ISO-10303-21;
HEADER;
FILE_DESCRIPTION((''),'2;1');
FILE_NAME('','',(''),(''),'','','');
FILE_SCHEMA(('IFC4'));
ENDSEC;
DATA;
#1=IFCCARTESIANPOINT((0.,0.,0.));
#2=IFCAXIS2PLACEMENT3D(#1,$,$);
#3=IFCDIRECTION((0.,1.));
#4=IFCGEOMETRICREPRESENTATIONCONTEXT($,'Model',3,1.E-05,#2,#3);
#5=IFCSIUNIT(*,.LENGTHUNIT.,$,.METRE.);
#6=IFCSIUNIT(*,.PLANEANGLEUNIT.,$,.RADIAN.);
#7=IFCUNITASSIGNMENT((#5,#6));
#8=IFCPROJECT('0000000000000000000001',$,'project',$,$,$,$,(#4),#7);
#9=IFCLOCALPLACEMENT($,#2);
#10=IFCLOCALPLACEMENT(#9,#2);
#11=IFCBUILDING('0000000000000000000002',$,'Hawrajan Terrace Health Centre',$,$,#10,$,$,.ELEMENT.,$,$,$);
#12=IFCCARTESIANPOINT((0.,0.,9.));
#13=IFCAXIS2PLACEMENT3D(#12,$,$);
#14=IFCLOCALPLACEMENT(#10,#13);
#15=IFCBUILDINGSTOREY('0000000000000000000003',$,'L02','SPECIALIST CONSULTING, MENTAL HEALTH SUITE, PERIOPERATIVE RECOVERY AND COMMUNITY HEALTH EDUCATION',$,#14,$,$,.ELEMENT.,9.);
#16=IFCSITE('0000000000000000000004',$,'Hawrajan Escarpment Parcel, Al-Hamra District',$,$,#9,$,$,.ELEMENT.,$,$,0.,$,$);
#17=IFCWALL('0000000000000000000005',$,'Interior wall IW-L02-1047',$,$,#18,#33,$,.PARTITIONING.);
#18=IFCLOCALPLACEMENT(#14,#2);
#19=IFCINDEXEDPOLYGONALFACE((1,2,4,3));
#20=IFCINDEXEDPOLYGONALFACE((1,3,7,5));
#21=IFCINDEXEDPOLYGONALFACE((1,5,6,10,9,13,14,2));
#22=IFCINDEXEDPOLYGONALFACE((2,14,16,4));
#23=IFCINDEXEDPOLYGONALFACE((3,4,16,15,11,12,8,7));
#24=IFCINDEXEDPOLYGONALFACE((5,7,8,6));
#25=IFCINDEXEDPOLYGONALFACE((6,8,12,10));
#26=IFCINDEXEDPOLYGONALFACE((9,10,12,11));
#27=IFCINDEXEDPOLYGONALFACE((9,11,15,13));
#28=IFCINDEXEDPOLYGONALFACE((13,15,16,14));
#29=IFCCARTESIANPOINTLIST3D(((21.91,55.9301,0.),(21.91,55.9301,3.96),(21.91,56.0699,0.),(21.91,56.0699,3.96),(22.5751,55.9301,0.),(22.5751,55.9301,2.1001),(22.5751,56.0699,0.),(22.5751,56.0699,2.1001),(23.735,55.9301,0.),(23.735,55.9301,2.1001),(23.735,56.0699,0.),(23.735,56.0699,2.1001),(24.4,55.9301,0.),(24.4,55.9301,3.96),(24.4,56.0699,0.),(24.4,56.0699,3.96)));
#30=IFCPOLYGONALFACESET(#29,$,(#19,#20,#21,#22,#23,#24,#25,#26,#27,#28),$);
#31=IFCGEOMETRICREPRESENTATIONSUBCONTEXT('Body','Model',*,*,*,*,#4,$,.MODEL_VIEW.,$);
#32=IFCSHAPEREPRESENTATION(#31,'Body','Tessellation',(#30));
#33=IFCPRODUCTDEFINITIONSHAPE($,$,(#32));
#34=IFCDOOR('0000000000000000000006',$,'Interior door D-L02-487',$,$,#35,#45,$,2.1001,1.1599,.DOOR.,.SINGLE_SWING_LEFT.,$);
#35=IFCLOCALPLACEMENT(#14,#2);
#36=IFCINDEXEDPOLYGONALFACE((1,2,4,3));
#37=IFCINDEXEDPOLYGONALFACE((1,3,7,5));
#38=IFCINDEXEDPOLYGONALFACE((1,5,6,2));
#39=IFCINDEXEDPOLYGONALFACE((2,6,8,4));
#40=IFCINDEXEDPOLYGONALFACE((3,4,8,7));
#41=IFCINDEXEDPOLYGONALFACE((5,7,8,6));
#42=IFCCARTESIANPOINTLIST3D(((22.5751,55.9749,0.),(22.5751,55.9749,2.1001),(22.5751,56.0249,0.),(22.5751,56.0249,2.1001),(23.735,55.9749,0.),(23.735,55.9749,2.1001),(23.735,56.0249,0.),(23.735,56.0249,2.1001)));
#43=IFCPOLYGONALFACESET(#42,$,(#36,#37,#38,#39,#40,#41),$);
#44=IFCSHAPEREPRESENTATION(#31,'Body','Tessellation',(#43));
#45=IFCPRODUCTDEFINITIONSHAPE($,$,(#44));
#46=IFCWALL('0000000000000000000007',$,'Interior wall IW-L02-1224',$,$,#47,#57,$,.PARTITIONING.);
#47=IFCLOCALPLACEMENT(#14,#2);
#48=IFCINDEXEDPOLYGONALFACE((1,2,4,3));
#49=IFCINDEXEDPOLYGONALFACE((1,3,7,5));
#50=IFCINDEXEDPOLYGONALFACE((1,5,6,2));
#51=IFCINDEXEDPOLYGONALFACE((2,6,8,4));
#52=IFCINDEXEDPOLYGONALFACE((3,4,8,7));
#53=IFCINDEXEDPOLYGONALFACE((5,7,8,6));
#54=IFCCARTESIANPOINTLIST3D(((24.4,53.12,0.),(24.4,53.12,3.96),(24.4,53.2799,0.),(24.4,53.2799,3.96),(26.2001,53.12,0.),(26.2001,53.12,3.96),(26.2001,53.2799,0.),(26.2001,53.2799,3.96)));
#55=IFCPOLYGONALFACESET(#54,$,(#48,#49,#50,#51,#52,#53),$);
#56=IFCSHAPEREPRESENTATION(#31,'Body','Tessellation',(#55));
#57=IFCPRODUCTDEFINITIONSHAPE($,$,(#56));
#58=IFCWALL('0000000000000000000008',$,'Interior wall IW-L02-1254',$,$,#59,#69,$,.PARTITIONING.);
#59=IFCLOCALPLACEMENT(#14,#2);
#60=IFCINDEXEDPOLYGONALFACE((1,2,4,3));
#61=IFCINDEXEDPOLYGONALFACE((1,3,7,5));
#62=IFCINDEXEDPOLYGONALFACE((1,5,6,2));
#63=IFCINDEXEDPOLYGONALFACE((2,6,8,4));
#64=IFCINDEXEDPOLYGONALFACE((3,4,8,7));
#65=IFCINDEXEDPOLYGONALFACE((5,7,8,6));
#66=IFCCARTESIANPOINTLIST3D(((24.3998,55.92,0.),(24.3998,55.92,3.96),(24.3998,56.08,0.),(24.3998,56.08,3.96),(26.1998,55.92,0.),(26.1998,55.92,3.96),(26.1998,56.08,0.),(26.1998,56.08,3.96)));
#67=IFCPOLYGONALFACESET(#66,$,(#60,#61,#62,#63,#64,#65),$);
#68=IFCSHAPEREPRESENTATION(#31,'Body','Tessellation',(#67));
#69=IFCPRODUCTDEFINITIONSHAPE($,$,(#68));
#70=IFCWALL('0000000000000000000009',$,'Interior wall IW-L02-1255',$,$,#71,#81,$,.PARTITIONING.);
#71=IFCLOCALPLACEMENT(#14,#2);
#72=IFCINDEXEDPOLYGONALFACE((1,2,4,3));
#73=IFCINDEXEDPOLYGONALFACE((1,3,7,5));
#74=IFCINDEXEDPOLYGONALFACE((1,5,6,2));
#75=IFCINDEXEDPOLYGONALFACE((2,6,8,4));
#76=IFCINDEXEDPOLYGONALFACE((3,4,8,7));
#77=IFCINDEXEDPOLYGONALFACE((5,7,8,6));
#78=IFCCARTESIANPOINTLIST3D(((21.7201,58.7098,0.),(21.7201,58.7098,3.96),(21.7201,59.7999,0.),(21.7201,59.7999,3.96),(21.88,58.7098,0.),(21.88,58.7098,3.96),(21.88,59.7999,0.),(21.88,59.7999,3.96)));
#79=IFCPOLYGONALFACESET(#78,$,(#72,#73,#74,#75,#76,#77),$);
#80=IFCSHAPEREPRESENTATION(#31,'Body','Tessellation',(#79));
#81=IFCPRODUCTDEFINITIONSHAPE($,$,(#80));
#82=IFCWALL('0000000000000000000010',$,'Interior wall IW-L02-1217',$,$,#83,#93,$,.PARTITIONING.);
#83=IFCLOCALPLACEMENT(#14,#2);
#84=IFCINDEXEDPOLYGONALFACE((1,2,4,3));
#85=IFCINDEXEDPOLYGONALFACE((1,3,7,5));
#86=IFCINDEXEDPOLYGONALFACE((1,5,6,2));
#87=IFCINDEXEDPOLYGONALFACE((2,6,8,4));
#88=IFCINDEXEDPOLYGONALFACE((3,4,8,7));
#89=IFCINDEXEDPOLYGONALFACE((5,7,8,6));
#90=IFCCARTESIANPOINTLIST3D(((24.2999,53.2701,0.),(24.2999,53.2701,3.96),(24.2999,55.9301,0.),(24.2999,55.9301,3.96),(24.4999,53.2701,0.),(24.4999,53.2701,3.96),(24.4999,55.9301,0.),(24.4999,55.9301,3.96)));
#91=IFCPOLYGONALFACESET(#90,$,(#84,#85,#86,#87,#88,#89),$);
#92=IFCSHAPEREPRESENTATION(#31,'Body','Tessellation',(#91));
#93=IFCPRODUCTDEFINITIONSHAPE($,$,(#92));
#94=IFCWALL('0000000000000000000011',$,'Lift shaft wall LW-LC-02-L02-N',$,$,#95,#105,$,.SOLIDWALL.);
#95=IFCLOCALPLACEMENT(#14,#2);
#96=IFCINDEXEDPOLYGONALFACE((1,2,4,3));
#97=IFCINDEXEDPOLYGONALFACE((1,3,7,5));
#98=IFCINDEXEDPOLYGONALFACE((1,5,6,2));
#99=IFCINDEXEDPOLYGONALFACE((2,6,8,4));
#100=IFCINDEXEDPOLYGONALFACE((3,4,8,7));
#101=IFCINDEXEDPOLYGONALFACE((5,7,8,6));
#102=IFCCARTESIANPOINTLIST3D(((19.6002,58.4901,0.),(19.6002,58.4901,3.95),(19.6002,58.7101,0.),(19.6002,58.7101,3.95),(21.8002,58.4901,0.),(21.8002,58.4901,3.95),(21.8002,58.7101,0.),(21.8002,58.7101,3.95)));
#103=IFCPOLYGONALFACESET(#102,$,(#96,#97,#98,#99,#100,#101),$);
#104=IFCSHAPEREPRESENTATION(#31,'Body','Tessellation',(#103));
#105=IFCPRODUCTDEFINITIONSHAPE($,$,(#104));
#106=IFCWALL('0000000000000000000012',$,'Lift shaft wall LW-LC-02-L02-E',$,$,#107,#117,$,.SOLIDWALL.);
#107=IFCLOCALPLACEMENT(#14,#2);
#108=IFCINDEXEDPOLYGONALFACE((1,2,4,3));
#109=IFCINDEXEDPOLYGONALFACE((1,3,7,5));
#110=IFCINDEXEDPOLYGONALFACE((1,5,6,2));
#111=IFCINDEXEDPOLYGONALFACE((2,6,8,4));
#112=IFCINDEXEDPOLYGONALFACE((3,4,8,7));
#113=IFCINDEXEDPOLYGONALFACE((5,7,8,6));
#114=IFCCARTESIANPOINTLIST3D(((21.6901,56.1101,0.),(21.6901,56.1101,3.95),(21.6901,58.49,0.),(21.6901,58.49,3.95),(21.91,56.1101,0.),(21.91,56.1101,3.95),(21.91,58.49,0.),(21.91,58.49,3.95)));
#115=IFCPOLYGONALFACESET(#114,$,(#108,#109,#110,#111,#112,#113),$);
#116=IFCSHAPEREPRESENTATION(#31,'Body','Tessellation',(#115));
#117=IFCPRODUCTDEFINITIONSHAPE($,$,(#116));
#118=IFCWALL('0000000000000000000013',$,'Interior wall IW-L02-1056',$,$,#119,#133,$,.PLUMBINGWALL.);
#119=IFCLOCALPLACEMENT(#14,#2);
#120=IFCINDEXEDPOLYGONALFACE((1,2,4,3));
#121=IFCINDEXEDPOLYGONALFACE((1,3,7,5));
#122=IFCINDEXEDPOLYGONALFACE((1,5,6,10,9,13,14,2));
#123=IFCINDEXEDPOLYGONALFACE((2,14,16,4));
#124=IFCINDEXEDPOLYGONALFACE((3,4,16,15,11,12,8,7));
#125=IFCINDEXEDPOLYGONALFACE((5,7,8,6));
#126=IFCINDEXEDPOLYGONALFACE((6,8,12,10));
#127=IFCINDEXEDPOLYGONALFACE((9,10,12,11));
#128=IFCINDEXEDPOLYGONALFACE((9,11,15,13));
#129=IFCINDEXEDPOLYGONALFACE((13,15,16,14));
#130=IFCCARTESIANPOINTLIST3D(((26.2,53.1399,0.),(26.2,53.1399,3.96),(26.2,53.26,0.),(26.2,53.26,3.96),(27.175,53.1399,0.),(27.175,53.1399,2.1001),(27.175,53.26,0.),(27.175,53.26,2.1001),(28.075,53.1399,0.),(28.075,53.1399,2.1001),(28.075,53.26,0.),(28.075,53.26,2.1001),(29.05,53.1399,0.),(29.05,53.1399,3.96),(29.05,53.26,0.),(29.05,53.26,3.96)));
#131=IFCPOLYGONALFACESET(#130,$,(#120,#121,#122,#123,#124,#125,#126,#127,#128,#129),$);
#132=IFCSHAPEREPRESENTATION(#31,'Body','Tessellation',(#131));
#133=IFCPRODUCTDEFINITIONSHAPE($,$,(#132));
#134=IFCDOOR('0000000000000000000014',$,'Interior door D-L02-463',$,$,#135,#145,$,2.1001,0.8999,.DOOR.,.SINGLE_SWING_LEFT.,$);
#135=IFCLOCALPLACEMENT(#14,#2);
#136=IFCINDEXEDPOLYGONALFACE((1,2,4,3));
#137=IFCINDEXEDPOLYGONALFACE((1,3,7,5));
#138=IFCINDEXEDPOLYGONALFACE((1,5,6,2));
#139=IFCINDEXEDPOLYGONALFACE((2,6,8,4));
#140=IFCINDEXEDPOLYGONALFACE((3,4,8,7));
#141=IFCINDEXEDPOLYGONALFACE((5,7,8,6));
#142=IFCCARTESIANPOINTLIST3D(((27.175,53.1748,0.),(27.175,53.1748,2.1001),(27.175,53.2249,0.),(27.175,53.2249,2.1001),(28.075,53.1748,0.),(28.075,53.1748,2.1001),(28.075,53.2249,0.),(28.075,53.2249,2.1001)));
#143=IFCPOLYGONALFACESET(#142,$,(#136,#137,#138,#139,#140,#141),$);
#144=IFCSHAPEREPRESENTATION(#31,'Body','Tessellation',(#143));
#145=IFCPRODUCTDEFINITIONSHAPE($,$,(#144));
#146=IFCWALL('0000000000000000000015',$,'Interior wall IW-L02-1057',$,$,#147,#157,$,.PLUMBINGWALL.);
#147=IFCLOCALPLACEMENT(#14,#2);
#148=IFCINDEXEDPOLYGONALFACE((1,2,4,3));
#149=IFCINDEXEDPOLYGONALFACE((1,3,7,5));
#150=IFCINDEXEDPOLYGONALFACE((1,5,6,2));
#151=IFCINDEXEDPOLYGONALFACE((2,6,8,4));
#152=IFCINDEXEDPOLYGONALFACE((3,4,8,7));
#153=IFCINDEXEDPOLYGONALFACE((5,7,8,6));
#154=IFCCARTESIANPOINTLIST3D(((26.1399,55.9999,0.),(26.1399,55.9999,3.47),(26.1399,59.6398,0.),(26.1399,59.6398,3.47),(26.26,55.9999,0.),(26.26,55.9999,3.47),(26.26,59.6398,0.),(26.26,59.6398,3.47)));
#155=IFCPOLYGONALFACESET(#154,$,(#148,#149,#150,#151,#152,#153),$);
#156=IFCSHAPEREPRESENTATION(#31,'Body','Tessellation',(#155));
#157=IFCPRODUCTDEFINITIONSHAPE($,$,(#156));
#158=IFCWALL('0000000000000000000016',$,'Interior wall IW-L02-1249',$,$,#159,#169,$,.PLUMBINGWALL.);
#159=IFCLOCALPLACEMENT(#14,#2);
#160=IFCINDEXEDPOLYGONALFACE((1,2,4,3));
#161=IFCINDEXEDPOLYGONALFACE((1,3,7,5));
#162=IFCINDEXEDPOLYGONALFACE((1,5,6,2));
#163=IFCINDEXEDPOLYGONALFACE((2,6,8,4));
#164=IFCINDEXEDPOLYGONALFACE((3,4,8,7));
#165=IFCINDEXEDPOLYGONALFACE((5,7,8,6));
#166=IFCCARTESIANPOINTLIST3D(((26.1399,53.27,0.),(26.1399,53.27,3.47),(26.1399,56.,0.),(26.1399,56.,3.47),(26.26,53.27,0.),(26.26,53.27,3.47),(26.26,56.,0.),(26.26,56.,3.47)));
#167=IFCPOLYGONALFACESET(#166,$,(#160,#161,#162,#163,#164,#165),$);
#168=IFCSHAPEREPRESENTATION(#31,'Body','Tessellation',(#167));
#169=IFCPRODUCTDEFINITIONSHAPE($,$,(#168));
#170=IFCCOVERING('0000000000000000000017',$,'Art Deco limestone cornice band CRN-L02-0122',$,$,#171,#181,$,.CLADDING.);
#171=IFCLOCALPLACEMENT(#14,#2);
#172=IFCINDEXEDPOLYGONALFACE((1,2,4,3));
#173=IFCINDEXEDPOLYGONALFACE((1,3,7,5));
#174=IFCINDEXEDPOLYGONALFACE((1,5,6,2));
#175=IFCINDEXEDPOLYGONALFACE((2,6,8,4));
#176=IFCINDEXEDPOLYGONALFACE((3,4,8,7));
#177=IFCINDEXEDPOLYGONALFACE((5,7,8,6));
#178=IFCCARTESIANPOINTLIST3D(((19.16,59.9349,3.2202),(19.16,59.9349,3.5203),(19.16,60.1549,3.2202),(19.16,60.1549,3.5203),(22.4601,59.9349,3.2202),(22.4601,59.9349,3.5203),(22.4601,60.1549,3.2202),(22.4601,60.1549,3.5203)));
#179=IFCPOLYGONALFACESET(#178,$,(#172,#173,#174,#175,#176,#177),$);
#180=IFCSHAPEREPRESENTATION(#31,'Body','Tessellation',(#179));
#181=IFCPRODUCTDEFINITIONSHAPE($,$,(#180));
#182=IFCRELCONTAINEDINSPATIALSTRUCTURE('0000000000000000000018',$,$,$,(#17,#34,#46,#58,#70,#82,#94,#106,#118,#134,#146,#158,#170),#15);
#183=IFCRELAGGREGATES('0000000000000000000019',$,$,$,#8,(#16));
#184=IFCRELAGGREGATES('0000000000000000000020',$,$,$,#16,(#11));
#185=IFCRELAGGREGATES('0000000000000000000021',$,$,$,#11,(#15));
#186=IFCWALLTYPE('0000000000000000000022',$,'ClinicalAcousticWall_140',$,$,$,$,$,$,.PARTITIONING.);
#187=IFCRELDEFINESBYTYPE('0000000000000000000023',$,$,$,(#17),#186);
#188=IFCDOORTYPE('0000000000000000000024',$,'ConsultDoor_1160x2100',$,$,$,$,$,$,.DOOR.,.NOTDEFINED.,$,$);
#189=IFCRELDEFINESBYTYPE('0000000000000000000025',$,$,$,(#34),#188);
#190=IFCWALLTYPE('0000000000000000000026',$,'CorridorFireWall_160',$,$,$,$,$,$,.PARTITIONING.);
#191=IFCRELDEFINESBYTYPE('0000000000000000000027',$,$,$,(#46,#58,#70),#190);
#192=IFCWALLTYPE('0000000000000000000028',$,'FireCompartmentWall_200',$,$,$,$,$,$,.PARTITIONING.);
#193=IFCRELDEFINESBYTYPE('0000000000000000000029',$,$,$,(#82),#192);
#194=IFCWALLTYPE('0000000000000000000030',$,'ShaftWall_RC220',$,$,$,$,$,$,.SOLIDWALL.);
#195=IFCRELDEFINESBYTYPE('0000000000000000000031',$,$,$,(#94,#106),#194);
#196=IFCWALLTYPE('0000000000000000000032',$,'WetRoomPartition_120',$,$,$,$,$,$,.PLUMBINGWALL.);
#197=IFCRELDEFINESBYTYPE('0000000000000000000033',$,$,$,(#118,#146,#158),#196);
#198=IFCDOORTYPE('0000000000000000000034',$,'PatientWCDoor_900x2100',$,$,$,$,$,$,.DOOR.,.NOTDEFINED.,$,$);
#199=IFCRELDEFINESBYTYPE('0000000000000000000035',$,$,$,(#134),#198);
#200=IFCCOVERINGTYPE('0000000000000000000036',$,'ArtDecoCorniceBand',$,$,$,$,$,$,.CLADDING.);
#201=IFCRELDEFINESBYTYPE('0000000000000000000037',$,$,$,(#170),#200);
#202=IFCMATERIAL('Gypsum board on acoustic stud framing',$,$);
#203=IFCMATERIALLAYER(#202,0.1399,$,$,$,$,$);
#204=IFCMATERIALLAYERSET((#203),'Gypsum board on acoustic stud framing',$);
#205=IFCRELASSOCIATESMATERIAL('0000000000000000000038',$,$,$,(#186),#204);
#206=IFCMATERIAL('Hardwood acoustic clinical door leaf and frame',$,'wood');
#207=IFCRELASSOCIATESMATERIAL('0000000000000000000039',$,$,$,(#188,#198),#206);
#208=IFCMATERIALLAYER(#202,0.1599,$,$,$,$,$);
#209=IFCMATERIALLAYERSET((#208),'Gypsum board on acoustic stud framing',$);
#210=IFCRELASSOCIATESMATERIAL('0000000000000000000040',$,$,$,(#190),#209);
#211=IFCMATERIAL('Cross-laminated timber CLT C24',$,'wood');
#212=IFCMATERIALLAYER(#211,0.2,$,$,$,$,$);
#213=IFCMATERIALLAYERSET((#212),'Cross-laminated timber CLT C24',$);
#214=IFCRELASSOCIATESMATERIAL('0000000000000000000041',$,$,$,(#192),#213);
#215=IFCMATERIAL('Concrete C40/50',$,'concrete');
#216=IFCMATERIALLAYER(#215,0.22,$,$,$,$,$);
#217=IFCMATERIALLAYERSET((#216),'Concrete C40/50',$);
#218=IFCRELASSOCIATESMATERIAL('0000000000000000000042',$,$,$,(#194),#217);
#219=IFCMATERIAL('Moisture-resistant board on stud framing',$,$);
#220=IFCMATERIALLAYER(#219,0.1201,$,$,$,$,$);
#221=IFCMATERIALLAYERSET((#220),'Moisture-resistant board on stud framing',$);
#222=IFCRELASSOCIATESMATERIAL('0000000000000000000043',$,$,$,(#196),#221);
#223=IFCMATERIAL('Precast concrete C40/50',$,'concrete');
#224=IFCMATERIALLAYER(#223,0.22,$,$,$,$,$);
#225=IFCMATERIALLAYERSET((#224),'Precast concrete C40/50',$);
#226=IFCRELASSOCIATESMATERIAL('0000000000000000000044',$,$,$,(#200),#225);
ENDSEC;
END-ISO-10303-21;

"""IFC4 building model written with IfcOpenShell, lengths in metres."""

from ifc_helpers import new_model, si_unit, direction, frame, frame_2d, origin, origin_2d, place, context, subcontext, project, spatial, rectangle, extrude, material, layer, layer_set, type_object, element, fill, save


model = new_model("IFC4")

# Units and contexts
model_context = context("Model", 3, precision=1e-05, world=origin(), true_north=direction((0.0, 1.0)))
body_context = subcontext(model_context, "Body", "Model", "MODEL_VIEW")
ifc_project = project(units=[si_unit("LENGTHUNIT", "METRE"), si_unit("PLANEANGLEUNIT", "RADIAN")], contexts=[model_context])

# Site, building, storey
site_placement = place(None, origin())
site = spatial("IfcSite", under=ifc_project, at=site_placement, Name="Hawrajan Escarpment Parcel, Al-Hamra District", CompositionType="ELEMENT", RefElevation=0.0)
building_placement = place(site_placement, origin())
building = spatial("IfcBuilding", under=site, at=building_placement, Name="Hawrajan Terrace Health Centre", CompositionType="ELEMENT")
storey_placement = place(building_placement, frame((0.0, 0.0, 9.0)))
storey = spatial("IfcBuildingStorey", under=building, at=storey_placement, Name="L02", Description="SPECIALIST CONSULTING, MENTAL HEALTH SUITE, PERIOPERATIVE RECOVERY AND COMMUNITY HEALTH EDUCATION", CompositionType="ELEMENT", Elevation=9.0)

# Shared definitions
ifc_material_1 = material(Name="Precast concrete C40/50", Category="concrete")

# Wall, opening, door
ifc_material_2 = material(Name="Gypsum board on acoustic stud framing")
ifc_layer_1 = layer(ifc_material_2, 0.1399)
ifc_layer_set_1 = layer_set([ifc_layer_1], Name="Gypsum board on acoustic stud framing")
wall_type_1 = type_object("IfcWallType", Name="ClinicalAcousticWall_140", PredefinedType="PARTITIONING", material=ifc_layer_set_1)
wall_1_placement = place(storey_placement, frame((21.9099, 56.0, 0.0), z_axis=(0.0, 0.0, 1.0), x_axis=(1.0, 0.0, 0.0)))
wall_1 = element("IfcWall", 1, at=wall_1_placement, inside=storey, type_object=wall_type_1, Name="Interior wall IW-L02-1047", PredefinedType="PARTITIONING", context=body_context, shape_type="SweptSolid", body=[
    extrude(rectangle(XDim=2.49, YDim=0.1399, at=frame_2d((1.2451, 0.0))), origin(), (0.0, 0.0, 1.0), 3.96),
])
opening_1_placement = place(wall_1_placement, frame((0.665, 0.0, 0.0)))
opening_1 = element("IfcOpeningElement", 2, at=opening_1_placement, cuts=wall_1, PredefinedType="OPENING", context=body_context, shape_type="SweptSolid", body=[
    extrude(rectangle(XDim=1.1599, YDim=2.1001, at=frame_2d((0.5801, 1.05))), frame((0.0, 0.0798, 0.0), z_axis=(0.0, -1.0, 0.0), x_axis=(1.0, 0.0, 0.0)), (0.0, 0.0, 1.0), 0.1599),
])
ifc_material_3 = material(Name="Hardwood acoustic clinical door leaf and frame", Category="wood")
door_type_1 = type_object("IfcDoorType", Name="ConsultDoor_1160x2100", OperationType="NOTDEFINED", PredefinedType="DOOR", material=ifc_material_3)
door_1_placement = place(opening_1_placement, origin())
door_1 = element("IfcDoor", 3, at=door_1_placement, inside=storey, type_object=door_type_1, Name="Interior door D-L02-487", OperationType="SINGLE_SWING_LEFT", OverallHeight=2.1001, OverallWidth=1.1599, PredefinedType="DOOR", context=body_context, shape_type="SweptSolid", body=[
    extrude(rectangle(XDim=1.1599, YDim=2.1001, at=frame_2d((0.5801, 1.05))), frame((0.0, 0.0249, 0.0), z_axis=(0.0, -1.0, 0.0), x_axis=(1.0, 0.0, 0.0)), (0.0, 0.0, 1.0), 0.05),
])
fill(opening_1, door_1)

# Walls
ifc_layer_2 = layer(ifc_material_2, 0.1599)
ifc_layer_set_2 = layer_set([ifc_layer_2], Name="Gypsum board on acoustic stud framing")
wall_type_2 = type_object("IfcWallType", Name="CorridorFireWall_160", PredefinedType="PARTITIONING", material=ifc_layer_set_2)
for number, where, z_axis, x_axis, name in (
    (4, (26.2, 53.2, 0.0), (0.0, 0.0, 1.0), (-1.0, 0.0, 0.0), "Interior wall IW-L02-1224"),
    (5, (24.3999, 56.0, 0.0), (0.0, 0.0, 1.0), (1.0, 0.0, 0.0), "Interior wall IW-L02-1254"),
):
    element("IfcWall", number, at=place(storey_placement, frame(where, z_axis=z_axis, x_axis=x_axis)), inside=storey, type_object=wall_type_2, Name=name, PredefinedType="PARTITIONING", context=body_context, shape_type="SweptSolid", body=[
        extrude(rectangle(XDim=1.8, YDim=0.1599, at=frame_2d((0.8999, 0.0))), origin(), (0.0, 0.0, 1.0), 3.96),
    ])
wall_2_placement = place(storey_placement, frame((21.8, 58.71, 0.0), z_axis=(0.0, 0.0, 1.0), x_axis=(0.0, 1.0, 0.0)))
element("IfcWall", 6, at=wall_2_placement, inside=storey, type_object=wall_type_2, Name="Interior wall IW-L02-1255", PredefinedType="PARTITIONING", context=body_context, shape_type="SweptSolid", body=[
    extrude(rectangle(XDim=1.0901, YDim=0.1599, at=frame_2d((0.5449, 0.0))), origin(), (0.0, 0.0, 1.0), 3.96),
])
ifc_material_4 = material(Name="Cross-laminated timber CLT C24", Category="wood")
ifc_layer_3 = layer(ifc_material_4, 0.2)
ifc_layer_set_3 = layer_set([ifc_layer_3], Name="Cross-laminated timber CLT C24")
wall_type_3 = type_object("IfcWallType", Name="FireCompartmentWall_200", PredefinedType="PARTITIONING", material=ifc_layer_set_3)
wall_3_placement = place(storey_placement, frame((24.3999, 53.27, 0.0), z_axis=(0.0, 0.0, 1.0), x_axis=(0.0, 1.0, 0.0)))
element("IfcWall", 7, at=wall_3_placement, inside=storey, type_object=wall_type_3, Name="Interior wall IW-L02-1217", PredefinedType="PARTITIONING", context=body_context, shape_type="SweptSolid", body=[
    extrude(rectangle(XDim=2.6599, YDim=0.2, at=frame_2d((1.3301, 0.0))), origin(), (0.0, 0.0, 1.0), 3.96),
])
ifc_material_5 = material(Name="Concrete C40/50", Category="concrete")
ifc_layer_4 = layer(ifc_material_5, 0.22)
ifc_layer_set_4 = layer_set([ifc_layer_4], Name="Concrete C40/50")
wall_type_4 = type_object("IfcWallType", Name="ShaftWall_RC220", PredefinedType="SOLIDWALL", material=ifc_layer_set_4)
wall_4_placement = place(storey_placement, frame((19.6001, 58.6001, 0.0), z_axis=(0.0, 0.0, 1.0), x_axis=(1.0, 0.0, 0.0)))
element("IfcWall", 8, at=wall_4_placement, inside=storey, type_object=wall_type_4, Name="Lift shaft wall LW-LC-02-L02-N", PredefinedType="SOLIDWALL", context=body_context, shape_type="SweptSolid", body=[
    extrude(rectangle(XDim=2.2, YDim=0.22, at=frame_2d((1.1001, 0.0))), origin(), (0.0, 0.0, 1.0), 3.95),
])
wall_5_placement = place(storey_placement, frame((21.8, 56.1101, 0.0), z_axis=(0.0, 0.0, 1.0), x_axis=(0.0, 1.0, 0.0)))
element("IfcWall", 9, at=wall_5_placement, inside=storey, type_object=wall_type_4, Name="Lift shaft wall LW-LC-02-L02-E", PredefinedType="SOLIDWALL", context=body_context, shape_type="SweptSolid", body=[
    extrude(rectangle(XDim=2.3799, YDim=0.22, at=frame_2d((1.1899, 0.0))), origin(), (0.0, 0.0, 1.0), 3.95),
])

# Wall, opening, door
ifc_material_6 = material(Name="Moisture-resistant board on stud framing")
ifc_layer_5 = layer(ifc_material_6, 0.1201)
ifc_layer_set_5 = layer_set([ifc_layer_5], Name="Moisture-resistant board on stud framing")
wall_type_5 = type_object("IfcWallType", Name="WetRoomPartition_120", PredefinedType="PLUMBINGWALL", material=ifc_layer_set_5)
wall_6_placement = place(storey_placement, frame((26.2, 53.2, 0.0), z_axis=(0.0, 0.0, 1.0), x_axis=(1.0, 0.0, 0.0)))
wall_6 = element("IfcWall", 10, at=wall_6_placement, inside=storey, type_object=wall_type_5, Name="Interior wall IW-L02-1056", PredefinedType="PLUMBINGWALL", context=body_context, shape_type="SweptSolid", body=[
    extrude(rectangle(XDim=2.8501, YDim=0.1201, at=frame_2d((1.425, 0.0))), origin(), (0.0, 0.0, 1.0), 3.96),
])
opening_2_placement = place(wall_6_placement, frame((0.9751, 0.0, 0.0)))
opening_2 = element("IfcOpeningElement", 11, at=opening_2_placement, cuts=wall_6, PredefinedType="OPENING", context=body_context, shape_type="SweptSolid", body=[
    extrude(rectangle(XDim=0.8999, YDim=2.1001, at=frame_2d((0.45, 1.05))), frame((0.0, 0.0701, 0.0), z_axis=(0.0, -1.0, 0.0), x_axis=(1.0, 0.0, 0.0)), (0.0, 0.0, 1.0), 0.1401),
])
door_type_2 = type_object("IfcDoorType", Name="PatientWCDoor_900x2100", OperationType="NOTDEFINED", PredefinedType="DOOR", material=ifc_material_3)
door_2_placement = place(opening_2_placement, origin())
door_2 = element("IfcDoor", 12, at=door_2_placement, inside=storey, type_object=door_type_2, Name="Interior door D-L02-463", OperationType="SINGLE_SWING_LEFT", OverallHeight=2.1001, OverallWidth=0.8999, PredefinedType="DOOR", context=body_context, shape_type="SweptSolid", body=[
    extrude(rectangle(XDim=0.8999, YDim=2.1001, at=frame_2d((0.45, 1.05))), frame((0.0, 0.0249, 0.0), z_axis=(0.0, -1.0, 0.0), x_axis=(1.0, 0.0, 0.0)), (0.0, 0.0, 1.0), 0.05),
])
fill(opening_2, door_2)

# Walls
wall_7_placement = place(storey_placement, frame((26.2, 56.0, 0.0), z_axis=(0.0, 0.0, 1.0), x_axis=(0.0, 1.0, 0.0)))
element("IfcWall", 13, at=wall_7_placement, inside=storey, type_object=wall_type_5, Name="Interior wall IW-L02-1057", PredefinedType="PLUMBINGWALL", context=body_context, shape_type="SweptSolid", body=[
    extrude(rectangle(XDim=3.6399, YDim=0.1201, at=frame_2d((1.8198, 0.0))), origin(), (0.0, 0.0, 1.0), 3.47),
])
wall_8_placement = place(storey_placement, frame((26.2, 53.27, 0.0), z_axis=(0.0, 0.0, 1.0), x_axis=(0.0, 1.0, 0.0)))
element("IfcWall", 14, at=wall_8_placement, inside=storey, type_object=wall_type_5, Name="Interior wall IW-L02-1249", PredefinedType="PLUMBINGWALL", context=body_context, shape_type="SweptSolid", body=[
    extrude(rectangle(XDim=2.73, YDim=0.1201, at=frame_2d((1.365, 0.0))), origin(), (0.0, 0.0, 1.0), 3.47),
])

# Covering
ifc_layer_6 = layer(ifc_material_1, 0.22)
ifc_layer_set_6 = layer_set([ifc_layer_6], Name="Precast concrete C40/50")
covering_type_1 = type_object("IfcCoveringType", Name="ArtDecoCorniceBand", PredefinedType="CLADDING", material=ifc_layer_set_6)
covering_1_placement = place(storey_placement, frame((20.8101, 60.0449, 3.2202), z_axis=(0.0, 0.0, 1.0), x_axis=(1.0, 0.0, 0.0)))
element("IfcCovering", 15, at=covering_1_placement, inside=storey, type_object=covering_type_1, Name="Art Deco limestone cornice band CRN-L02-0122", PredefinedType="CLADDING", context=body_context, shape_type="SweptSolid", body=[
    extrude(rectangle(XDim=3.3, YDim=0.22, at=origin_2d()), origin(), (0.0, 0.0, 1.0), 0.3),
])

save(model, "model.ifc")
